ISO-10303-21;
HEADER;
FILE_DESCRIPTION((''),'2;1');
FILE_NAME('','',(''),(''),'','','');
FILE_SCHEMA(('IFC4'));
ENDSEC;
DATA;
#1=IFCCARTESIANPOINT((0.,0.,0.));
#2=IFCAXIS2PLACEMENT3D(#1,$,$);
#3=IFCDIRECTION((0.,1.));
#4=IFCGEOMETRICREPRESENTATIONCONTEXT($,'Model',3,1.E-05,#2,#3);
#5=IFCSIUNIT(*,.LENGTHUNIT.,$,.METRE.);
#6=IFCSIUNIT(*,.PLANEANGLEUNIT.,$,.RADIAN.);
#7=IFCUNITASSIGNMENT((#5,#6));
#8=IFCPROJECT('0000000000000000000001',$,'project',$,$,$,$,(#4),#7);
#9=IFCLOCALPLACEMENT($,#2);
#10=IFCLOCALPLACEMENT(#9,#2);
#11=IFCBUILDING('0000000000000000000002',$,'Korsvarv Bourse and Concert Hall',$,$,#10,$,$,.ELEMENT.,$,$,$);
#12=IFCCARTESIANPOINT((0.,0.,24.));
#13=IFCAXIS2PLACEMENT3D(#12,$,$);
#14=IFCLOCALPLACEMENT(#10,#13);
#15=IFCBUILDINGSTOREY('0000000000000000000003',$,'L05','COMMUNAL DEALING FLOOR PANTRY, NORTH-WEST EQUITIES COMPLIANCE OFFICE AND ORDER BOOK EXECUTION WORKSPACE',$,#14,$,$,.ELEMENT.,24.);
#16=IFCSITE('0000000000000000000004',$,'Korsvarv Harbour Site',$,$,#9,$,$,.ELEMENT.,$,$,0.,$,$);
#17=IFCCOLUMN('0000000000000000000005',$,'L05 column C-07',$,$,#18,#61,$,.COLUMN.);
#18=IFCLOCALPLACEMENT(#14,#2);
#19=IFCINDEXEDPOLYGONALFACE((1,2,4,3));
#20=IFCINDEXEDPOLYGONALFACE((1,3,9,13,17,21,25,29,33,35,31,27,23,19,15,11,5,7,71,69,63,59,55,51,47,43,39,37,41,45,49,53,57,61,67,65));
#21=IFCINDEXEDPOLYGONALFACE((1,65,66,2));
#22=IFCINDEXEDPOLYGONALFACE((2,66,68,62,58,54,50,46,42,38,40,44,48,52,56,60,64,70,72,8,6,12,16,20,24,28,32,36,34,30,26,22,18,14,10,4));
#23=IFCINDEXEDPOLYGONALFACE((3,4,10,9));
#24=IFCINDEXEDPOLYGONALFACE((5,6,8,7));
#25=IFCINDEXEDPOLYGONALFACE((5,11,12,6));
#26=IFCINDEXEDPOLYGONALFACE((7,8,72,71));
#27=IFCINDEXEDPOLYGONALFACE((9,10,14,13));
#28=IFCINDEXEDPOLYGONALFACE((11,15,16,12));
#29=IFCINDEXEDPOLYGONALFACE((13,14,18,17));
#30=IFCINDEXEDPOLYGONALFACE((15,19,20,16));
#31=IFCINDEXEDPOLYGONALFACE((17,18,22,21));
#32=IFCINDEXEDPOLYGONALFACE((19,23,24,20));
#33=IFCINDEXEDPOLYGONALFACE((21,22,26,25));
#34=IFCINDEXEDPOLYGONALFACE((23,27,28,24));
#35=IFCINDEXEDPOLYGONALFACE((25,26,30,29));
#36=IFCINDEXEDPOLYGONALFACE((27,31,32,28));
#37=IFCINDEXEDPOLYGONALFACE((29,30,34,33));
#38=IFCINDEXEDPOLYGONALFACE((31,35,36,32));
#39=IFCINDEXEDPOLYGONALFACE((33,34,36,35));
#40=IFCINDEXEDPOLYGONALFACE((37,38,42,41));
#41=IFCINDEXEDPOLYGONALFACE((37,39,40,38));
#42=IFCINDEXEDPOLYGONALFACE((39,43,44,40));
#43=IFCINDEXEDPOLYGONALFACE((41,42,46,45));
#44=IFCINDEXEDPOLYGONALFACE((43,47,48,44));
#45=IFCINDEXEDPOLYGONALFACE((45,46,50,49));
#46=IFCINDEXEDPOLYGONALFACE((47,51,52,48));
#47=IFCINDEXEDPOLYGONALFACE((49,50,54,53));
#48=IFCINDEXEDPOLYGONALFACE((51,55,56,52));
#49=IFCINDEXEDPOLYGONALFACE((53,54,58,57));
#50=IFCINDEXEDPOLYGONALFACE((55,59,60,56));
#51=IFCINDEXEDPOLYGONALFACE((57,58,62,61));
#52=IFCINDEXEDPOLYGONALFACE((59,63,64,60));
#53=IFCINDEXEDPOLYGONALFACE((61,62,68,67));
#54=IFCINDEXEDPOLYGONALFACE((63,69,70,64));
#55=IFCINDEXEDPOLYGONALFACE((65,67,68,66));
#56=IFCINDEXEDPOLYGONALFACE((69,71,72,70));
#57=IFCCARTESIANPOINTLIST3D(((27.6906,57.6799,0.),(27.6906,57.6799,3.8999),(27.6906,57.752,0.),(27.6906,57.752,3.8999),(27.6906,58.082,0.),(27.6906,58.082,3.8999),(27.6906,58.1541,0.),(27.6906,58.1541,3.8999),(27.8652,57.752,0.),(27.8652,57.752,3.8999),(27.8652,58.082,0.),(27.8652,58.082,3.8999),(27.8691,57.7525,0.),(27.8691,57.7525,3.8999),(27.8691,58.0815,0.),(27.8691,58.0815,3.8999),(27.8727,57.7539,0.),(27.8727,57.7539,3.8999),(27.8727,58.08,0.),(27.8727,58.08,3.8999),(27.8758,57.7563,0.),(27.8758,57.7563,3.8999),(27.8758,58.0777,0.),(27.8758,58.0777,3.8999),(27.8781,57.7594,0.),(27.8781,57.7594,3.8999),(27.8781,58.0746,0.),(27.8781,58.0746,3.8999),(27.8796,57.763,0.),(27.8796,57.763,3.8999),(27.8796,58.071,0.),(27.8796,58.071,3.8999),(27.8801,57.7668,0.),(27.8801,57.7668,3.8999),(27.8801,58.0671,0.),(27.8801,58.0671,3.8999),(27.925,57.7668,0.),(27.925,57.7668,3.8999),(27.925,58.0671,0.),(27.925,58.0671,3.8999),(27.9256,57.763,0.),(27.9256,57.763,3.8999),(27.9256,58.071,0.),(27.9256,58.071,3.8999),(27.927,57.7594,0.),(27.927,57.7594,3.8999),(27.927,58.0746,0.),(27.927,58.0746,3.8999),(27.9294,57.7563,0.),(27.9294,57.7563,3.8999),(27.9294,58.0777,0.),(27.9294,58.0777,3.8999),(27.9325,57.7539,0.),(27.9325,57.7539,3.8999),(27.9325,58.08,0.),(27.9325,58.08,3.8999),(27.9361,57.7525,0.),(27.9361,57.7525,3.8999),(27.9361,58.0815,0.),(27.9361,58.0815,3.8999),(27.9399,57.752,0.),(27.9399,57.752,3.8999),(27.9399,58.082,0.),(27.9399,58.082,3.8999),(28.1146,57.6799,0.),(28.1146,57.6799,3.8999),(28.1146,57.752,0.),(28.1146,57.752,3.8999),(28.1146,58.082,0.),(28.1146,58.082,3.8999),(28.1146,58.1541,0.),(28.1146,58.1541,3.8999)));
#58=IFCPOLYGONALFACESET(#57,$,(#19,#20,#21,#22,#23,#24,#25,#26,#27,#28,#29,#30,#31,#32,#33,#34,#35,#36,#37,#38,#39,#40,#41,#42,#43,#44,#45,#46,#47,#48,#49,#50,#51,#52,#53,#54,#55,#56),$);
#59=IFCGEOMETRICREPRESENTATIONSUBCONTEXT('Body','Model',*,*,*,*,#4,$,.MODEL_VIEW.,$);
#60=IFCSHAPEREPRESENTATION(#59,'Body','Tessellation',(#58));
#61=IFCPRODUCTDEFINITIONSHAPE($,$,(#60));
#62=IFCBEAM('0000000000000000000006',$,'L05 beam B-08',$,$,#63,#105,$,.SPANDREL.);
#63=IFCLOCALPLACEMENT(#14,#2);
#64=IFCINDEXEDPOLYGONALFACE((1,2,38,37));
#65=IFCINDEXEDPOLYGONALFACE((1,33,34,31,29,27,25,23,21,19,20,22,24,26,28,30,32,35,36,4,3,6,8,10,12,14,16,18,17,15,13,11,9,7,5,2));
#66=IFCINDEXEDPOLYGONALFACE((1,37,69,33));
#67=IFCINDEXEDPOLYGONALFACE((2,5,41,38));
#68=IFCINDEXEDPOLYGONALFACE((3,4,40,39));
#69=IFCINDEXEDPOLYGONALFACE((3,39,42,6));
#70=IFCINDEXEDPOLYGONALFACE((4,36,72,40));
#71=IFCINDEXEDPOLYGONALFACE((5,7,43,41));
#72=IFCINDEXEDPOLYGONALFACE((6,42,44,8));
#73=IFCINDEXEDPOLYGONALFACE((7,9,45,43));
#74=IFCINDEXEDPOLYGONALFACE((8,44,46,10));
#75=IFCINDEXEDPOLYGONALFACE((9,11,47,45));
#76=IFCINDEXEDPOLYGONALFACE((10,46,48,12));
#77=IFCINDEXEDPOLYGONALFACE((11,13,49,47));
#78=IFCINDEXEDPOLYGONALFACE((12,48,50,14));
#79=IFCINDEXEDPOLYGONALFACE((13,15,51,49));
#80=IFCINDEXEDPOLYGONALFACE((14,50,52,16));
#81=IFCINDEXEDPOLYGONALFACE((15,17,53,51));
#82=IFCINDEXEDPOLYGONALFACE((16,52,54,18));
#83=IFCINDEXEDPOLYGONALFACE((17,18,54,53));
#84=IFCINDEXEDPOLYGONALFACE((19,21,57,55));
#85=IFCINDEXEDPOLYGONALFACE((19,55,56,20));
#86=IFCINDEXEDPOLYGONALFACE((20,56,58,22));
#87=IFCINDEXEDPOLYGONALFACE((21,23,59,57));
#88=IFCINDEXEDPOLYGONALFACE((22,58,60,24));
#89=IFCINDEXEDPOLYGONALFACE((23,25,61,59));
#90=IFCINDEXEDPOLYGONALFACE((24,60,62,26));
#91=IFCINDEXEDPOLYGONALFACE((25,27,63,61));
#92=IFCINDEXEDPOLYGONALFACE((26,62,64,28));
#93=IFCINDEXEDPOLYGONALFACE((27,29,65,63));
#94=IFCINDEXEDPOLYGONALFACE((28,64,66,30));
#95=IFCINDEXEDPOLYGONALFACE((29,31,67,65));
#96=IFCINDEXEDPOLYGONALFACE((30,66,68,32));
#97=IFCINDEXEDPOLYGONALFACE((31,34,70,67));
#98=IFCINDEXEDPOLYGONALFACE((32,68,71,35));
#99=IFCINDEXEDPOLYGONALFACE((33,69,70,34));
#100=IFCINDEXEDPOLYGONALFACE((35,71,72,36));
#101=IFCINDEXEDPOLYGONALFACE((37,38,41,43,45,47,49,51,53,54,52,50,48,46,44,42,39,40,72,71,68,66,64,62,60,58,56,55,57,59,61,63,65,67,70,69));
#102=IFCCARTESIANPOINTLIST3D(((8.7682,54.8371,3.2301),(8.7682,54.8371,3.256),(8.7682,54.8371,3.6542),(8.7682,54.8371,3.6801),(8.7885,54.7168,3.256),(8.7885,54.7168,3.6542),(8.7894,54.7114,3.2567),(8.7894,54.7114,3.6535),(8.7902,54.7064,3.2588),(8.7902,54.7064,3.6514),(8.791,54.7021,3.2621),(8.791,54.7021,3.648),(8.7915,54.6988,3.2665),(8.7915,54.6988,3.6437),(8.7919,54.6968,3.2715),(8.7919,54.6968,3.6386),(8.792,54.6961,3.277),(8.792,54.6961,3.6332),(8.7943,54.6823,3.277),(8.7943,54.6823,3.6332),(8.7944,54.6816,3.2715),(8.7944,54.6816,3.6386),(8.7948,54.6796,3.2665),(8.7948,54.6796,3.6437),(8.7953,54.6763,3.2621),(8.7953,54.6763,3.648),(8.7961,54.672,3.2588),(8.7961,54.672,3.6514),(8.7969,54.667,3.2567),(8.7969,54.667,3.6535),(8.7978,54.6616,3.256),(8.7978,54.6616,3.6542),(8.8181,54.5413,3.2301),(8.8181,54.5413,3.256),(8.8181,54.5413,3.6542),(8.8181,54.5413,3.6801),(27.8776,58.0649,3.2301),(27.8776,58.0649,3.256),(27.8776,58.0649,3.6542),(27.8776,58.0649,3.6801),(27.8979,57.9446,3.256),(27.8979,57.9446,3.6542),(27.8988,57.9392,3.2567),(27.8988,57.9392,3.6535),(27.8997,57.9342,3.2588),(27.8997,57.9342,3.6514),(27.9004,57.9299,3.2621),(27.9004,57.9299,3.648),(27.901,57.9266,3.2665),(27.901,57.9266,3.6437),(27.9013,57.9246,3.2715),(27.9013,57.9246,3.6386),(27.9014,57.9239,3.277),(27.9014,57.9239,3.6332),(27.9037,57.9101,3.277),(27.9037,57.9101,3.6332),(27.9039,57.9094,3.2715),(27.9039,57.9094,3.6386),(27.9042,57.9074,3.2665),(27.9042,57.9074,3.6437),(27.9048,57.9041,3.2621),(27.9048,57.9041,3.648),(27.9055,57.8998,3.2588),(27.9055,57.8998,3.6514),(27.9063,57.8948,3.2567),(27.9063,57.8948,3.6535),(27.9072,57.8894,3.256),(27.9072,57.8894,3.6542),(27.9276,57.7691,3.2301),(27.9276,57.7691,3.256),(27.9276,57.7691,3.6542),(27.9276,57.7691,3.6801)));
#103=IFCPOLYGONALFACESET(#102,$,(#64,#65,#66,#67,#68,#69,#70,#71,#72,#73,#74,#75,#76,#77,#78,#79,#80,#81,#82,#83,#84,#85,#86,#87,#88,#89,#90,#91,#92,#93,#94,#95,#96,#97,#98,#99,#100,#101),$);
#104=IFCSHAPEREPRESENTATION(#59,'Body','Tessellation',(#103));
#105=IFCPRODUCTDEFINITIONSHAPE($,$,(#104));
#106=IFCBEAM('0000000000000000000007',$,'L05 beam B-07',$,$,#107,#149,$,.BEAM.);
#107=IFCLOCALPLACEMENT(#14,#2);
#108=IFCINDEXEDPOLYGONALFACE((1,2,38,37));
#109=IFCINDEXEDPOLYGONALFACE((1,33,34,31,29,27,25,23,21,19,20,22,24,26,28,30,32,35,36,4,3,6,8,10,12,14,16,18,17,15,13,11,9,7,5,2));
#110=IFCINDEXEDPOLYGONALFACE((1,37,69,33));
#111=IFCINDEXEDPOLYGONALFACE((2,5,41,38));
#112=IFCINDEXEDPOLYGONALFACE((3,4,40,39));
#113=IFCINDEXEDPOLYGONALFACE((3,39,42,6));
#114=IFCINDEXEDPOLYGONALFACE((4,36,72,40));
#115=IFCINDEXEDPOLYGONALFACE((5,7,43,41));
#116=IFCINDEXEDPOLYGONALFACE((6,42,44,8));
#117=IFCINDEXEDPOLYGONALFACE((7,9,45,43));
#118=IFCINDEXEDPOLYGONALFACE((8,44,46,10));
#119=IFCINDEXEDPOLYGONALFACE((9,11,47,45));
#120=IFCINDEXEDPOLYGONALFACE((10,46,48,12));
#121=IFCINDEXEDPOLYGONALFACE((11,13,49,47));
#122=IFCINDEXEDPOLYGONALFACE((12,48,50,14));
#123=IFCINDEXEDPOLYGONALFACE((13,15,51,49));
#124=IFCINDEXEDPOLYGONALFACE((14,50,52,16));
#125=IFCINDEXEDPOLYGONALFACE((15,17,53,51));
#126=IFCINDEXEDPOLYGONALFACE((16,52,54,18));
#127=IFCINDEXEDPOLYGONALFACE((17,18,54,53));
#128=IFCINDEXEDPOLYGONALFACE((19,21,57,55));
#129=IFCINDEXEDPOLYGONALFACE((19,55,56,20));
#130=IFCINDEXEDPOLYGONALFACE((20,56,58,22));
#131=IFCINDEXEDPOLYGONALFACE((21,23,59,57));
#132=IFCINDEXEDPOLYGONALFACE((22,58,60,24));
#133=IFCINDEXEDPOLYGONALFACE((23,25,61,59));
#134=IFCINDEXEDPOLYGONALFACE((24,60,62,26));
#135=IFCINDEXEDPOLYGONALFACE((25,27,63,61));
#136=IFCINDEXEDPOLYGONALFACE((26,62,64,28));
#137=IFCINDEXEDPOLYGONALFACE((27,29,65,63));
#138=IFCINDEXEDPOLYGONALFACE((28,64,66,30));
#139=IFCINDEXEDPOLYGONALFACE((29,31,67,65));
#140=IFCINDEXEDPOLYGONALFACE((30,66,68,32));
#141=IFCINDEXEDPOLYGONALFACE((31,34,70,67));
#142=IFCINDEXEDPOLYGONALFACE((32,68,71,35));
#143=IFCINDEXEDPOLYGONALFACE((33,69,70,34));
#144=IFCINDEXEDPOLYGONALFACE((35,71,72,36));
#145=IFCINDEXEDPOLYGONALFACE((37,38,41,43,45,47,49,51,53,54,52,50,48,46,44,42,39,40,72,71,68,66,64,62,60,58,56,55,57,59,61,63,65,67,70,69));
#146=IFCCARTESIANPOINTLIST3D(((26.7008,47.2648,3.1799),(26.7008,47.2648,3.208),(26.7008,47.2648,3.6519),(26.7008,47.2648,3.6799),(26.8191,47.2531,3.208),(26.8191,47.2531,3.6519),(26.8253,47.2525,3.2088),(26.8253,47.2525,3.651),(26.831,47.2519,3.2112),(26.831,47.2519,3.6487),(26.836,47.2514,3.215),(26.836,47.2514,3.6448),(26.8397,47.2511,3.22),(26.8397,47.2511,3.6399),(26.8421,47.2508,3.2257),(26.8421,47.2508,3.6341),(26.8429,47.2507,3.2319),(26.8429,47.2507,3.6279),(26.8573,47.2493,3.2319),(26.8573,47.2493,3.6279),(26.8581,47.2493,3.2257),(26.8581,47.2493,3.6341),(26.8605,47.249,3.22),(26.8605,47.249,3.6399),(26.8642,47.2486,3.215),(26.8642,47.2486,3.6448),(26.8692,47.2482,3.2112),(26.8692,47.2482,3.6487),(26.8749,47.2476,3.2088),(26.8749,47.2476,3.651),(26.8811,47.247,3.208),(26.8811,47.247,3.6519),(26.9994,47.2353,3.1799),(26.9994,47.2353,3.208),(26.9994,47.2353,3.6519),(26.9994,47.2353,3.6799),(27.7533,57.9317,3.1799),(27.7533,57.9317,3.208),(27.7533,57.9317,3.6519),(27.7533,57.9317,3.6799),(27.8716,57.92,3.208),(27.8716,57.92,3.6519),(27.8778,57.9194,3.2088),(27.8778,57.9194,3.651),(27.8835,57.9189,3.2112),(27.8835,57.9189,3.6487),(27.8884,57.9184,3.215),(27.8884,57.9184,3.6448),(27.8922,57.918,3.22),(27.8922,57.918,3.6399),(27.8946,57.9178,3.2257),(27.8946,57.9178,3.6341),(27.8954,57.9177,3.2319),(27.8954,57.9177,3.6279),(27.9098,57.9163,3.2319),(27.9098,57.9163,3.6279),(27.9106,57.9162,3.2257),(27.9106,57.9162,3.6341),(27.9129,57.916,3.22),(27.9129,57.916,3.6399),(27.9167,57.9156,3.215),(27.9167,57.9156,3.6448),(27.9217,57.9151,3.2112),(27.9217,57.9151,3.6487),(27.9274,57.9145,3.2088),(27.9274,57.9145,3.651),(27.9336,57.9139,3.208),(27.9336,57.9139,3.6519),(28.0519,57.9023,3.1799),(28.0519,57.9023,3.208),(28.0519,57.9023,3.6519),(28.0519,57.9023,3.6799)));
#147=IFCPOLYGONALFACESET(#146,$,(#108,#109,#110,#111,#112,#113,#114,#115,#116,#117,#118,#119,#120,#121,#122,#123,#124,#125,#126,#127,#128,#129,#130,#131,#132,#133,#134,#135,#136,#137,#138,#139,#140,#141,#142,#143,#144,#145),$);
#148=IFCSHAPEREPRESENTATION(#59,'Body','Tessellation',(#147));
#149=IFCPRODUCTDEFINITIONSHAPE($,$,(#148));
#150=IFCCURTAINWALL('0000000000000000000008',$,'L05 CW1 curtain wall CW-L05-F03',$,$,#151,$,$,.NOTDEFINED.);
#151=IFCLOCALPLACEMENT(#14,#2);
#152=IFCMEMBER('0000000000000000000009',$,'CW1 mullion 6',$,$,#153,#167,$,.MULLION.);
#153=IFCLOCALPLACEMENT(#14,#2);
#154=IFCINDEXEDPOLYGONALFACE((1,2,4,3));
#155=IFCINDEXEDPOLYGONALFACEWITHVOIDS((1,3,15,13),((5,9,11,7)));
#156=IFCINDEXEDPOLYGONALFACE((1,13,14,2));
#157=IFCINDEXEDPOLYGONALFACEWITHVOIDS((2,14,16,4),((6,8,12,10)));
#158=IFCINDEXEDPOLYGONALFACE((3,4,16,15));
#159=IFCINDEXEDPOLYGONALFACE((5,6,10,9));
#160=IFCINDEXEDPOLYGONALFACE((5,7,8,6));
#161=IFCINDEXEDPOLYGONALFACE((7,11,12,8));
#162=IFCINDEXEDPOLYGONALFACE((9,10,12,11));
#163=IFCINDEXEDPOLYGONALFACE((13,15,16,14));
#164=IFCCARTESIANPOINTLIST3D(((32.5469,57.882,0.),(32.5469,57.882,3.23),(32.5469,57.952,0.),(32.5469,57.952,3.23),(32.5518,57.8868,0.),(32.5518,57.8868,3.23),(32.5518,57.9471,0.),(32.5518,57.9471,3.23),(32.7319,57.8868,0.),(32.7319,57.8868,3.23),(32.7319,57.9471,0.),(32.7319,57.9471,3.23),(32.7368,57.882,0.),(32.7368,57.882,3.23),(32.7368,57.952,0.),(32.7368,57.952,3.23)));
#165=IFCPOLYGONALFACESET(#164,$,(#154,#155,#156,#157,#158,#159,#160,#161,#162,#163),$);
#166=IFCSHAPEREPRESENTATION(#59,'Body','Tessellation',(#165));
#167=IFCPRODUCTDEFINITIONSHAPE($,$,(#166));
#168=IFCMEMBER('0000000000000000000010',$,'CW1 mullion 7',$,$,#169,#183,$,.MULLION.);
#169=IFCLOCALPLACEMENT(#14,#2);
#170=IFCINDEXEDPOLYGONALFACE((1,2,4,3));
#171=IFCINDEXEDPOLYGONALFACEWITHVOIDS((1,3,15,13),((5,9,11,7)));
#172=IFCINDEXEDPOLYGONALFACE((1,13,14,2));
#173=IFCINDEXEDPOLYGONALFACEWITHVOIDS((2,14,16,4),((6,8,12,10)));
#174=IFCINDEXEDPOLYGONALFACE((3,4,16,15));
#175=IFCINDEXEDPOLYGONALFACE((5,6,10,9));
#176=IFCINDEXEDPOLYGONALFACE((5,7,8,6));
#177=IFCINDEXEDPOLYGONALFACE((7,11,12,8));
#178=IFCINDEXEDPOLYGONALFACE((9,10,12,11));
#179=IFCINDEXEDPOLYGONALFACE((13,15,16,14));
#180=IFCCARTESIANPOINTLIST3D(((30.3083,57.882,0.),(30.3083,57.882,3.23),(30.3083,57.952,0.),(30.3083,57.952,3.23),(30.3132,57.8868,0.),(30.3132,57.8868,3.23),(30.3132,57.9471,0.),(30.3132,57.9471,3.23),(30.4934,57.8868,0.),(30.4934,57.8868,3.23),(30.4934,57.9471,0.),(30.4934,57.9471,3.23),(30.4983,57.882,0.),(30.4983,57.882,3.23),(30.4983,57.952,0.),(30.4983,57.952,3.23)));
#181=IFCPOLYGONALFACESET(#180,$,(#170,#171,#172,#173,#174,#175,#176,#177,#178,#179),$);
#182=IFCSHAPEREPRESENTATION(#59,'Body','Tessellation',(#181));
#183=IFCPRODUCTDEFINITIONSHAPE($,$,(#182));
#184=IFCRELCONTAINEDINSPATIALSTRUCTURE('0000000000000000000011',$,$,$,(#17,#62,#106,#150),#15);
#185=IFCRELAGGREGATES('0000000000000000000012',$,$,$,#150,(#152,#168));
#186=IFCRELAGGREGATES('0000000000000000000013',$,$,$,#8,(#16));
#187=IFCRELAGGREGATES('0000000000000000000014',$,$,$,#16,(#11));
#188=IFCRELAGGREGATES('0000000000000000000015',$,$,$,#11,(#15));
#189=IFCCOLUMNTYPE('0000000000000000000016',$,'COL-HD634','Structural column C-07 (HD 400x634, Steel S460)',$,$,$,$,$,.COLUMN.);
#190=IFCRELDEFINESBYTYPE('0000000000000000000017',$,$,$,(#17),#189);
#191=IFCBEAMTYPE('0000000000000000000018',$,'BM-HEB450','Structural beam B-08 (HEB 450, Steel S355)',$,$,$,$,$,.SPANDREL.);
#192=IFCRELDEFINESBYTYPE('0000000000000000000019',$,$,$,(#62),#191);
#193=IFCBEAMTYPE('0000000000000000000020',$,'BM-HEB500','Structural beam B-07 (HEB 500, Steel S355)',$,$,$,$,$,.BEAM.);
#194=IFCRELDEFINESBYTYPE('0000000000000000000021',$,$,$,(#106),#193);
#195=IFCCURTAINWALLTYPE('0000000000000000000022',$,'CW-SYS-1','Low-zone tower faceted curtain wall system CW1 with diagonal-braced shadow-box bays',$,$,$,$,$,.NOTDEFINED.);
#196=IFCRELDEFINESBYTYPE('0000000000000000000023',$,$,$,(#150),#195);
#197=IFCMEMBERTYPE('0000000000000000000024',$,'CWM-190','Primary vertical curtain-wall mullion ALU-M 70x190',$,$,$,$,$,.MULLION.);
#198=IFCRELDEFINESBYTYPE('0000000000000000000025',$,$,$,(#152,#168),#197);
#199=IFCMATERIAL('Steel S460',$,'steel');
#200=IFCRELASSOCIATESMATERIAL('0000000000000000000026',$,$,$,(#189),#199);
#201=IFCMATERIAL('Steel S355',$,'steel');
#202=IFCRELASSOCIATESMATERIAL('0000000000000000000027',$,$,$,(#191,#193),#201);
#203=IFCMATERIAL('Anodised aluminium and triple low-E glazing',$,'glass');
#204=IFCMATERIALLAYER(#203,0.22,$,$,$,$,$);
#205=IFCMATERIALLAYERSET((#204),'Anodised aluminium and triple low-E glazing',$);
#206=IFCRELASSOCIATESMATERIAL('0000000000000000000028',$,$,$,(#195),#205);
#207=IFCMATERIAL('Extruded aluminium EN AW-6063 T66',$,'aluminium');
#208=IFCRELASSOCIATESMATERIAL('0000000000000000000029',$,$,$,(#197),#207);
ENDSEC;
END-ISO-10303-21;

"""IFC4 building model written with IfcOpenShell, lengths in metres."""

from ifc_helpers import new_model, si_unit, direction, frame, origin, origin_2d, place, context, subcontext, project, spatial, hollow_rectangle, i_section, extrude, source, transform, mapped, material, layer, layer_set, material_profile, profile_set, type_object, element, aggregate, save


model = new_model("IFC4")

# Units and contexts
model_context = context("Model", 3, precision=1e-05, world=origin(), true_north=direction((0.0, 1.0)))
body_context = subcontext(model_context, "Body", "Model", "MODEL_VIEW")
ifc_project = project(units=[si_unit("LENGTHUNIT", "METRE"), si_unit("PLANEANGLEUNIT", "RADIAN")], contexts=[model_context])

# Site, building, storey
site_placement = place(None, origin())
site = spatial("IfcSite", under=ifc_project, at=site_placement, Name="Korsvarv Harbour Site", CompositionType="ELEMENT", RefElevation=0.0)
building_placement = place(site_placement, origin())
building = spatial("IfcBuilding", under=site, at=building_placement, Name="Korsvarv Bourse and Concert Hall", CompositionType="ELEMENT")
storey_placement = place(building_placement, frame((0.0, 0.0, 24.0)))
storey = spatial("IfcBuildingStorey", under=building, at=storey_placement, Name="L05", Description="COMMUNAL DEALING FLOOR PANTRY, NORTH-WEST EQUITIES COMPLIANCE OFFICE AND ORDER BOOK EXECUTION WORKSPACE", CompositionType="ELEMENT", Elevation=24.0)

# Column
ifc_material_1 = material(Name="Steel S460", Category="steel")
ifc_material_profile_1 = material_profile(ifc_material_1, i_section(OverallWidth=0.4241, OverallDepth=0.4741, WebThickness=0.0449, FlangeThickness=0.072, FilletRadius=0.0149, at=origin_2d()), Name="HD 400x634")
ifc_profile_set_1 = profile_set([ifc_material_profile_1], Name="Steel S460")
column_type = type_object("IfcColumnType", Name="COL-HD634", Description="Structural column C-07 (HD 400x634, Steel S460)", PredefinedType="COLUMN", material=ifc_profile_set_1)
shared_shape_1 = source(origin(), body_context, "Body", "SweptSolid", [
    extrude(i_section(OverallWidth=0.4241, OverallDepth=0.4741, WebThickness=0.0449, FlangeThickness=0.072, FilletRadius=0.0149, at=origin_2d()), origin(), (0.0, 0.0, 1.0), 3.8999),
])
column_placement = place(storey_placement, frame((27.9026, 57.917, 0.0), z_axis=(0.0, 0.0, 1.0), x_axis=(1.0, 0.0, 0.0)))
element("IfcColumn", 1, at=column_placement, inside=storey, type_object=column_type, Name="L05 column C-07", PredefinedType="COLUMN", context=body_context, shape_type="MappedRepresentation", body=[
    mapped(shared_shape_1, transform((0.0, 0.0, 0.0), scale=1.0)),
])

# Beams
ifc_material_2 = material(Name="Steel S355", Category="steel")
ifc_material_profile_2 = material_profile(ifc_material_2, i_section(OverallWidth=0.3, OverallDepth=0.45, WebThickness=0.0139, FlangeThickness=0.0259, FilletRadius=0.021, at=origin_2d()), Name="HEB 450")
ifc_profile_set_2 = profile_set([ifc_material_profile_2], Name="Steel S355")
beam_type_1 = type_object("IfcBeamType", Name="BM-HEB450", Description="Structural beam B-08 (HEB 450, Steel S355)", PredefinedType="SPANDREL", material=ifc_profile_set_2)
shared_shape_2 = source(origin(), body_context, "Body", "SweptSolid", [
    extrude(i_section(OverallWidth=0.3, OverallDepth=0.45, WebThickness=0.0139, FlangeThickness=0.0259, FilletRadius=0.021, at=origin_2d()), origin(), (0.0, 0.0, 1.0), 19.3801),
])
beam_1_placement = place(storey_placement, frame((27.9026, 57.917, 3.4551), z_axis=(-0.986033, -0.166552, 0.0), x_axis=(0.166552, -0.986033, 0.0)))
element("IfcBeam", 2, at=beam_1_placement, inside=storey, type_object=beam_type_1, Name="L05 beam B-08", PredefinedType="SPANDREL", context=body_context, shape_type="MappedRepresentation", body=[
    mapped(shared_shape_2, transform((0.0, 0.0, 0.0), scale=1.0)),
])
ifc_material_profile_3 = material_profile(ifc_material_2, i_section(OverallWidth=0.3, OverallDepth=0.5, WebThickness=0.0144, FlangeThickness=0.0281, FilletRadius=0.0239, at=origin_2d()), Name="HEB 500")
ifc_profile_set_3 = profile_set([ifc_material_profile_3], Name="Steel S355")
beam_type_2 = type_object("IfcBeamType", Name="BM-HEB500", Description="Structural beam B-07 (HEB 500, Steel S355)", PredefinedType="BEAM", material=ifc_profile_set_3)
shared_shape_3 = source(origin(), body_context, "Body", "SweptSolid", [
    extrude(i_section(OverallWidth=0.3, OverallDepth=0.5, WebThickness=0.0144, FlangeThickness=0.0281, FilletRadius=0.0239, at=origin_2d()), origin(), (0.0, 0.0, 1.0), 10.7188),
])
beam_2_placement = place(storey_placement, frame((27.9026, 57.917, 3.4299), z_axis=(-0.098191, -0.995168, 0.0), x_axis=(0.995168, -0.098191, 0.0)))
element("IfcBeam", 3, at=beam_2_placement, inside=storey, type_object=beam_type_2, Name="L05 beam B-07", PredefinedType="BEAM", context=body_context, shape_type="MappedRepresentation", body=[
    mapped(shared_shape_3, transform((0.0, 0.0, 0.0), scale=1.0)),
])

# Curtain wall, members
ifc_material_3 = material(Name="Anodised aluminium and triple low-E glazing", Category="glass")
ifc_layer_1 = layer(ifc_material_3, 0.22)
ifc_layer_set_1 = layer_set([ifc_layer_1], Name="Anodised aluminium and triple low-E glazing")
curtain_wall_type = type_object("IfcCurtainWallType", Name="CW-SYS-1", Description="Low-zone tower faceted curtain wall system CW1 with diagonal-braced shadow-box bays", PredefinedType="NOTDEFINED", material=ifc_layer_set_1)
curtain_wall_placement = place(storey_placement, origin())
curtain_wall = element("IfcCurtainWall", 4, at=curtain_wall_placement, inside=storey, type_object=curtain_wall_type, Name="L05 CW1 curtain wall CW-L05-F03", PredefinedType="NOTDEFINED")
ifc_material_4 = material(Name="Extruded aluminium EN AW-6063 T66", Category="aluminium")
ifc_material_profile_4 = material_profile(ifc_material_4, hollow_rectangle(XDim=0.0701, YDim=0.1899, WallThickness=0.0049, at=origin_2d()), Name="ALU-M 70x190")
ifc_profile_set_4 = profile_set([ifc_material_profile_4], Name="Extruded aluminium EN AW-6063 T66")
member_type_1 = type_object("IfcMemberType", Name="CWM-190", Description="Primary vertical curtain-wall mullion ALU-M 70x190", PredefinedType="MULLION", material=ifc_profile_set_4)
shared_shape_4 = source(origin(), body_context, "Body", "SweptSolid", [
    extrude(hollow_rectangle(XDim=0.0701, YDim=0.1899, WallThickness=0.0049, at=origin_2d()), origin(), (0.0, 0.0, 1.0), 3.23),
])
member_1_placement = place(storey_placement, frame((32.6418, 57.917, 0.0), z_axis=(0.0, 0.0, 1.0), x_axis=(0.0, -1.0, 0.0)))
member_1 = element("IfcMember", 5, at=member_1_placement, type_object=member_type_1, Name="CW1 mullion 6", PredefinedType="MULLION", context=body_context, shape_type="MappedRepresentation", body=[
    mapped(shared_shape_4, transform((0.0, 0.0, 0.0), scale=1.0)),
])
member_2_placement = place(storey_placement, frame((30.4033, 57.917, 0.0), z_axis=(0.0, 0.0, 1.0), x_axis=(0.0, -1.0, 0.0)))
member_2 = element("IfcMember", 6, at=member_2_placement, type_object=member_type_1, Name="CW1 mullion 7", PredefinedType="MULLION", context=body_context, shape_type="MappedRepresentation", body=[
    mapped(shared_shape_4, transform((0.0, 0.0, 0.0), scale=1.0)),
])
aggregate(curtain_wall, [member_1, member_2])

save(model, "model.ifc")
